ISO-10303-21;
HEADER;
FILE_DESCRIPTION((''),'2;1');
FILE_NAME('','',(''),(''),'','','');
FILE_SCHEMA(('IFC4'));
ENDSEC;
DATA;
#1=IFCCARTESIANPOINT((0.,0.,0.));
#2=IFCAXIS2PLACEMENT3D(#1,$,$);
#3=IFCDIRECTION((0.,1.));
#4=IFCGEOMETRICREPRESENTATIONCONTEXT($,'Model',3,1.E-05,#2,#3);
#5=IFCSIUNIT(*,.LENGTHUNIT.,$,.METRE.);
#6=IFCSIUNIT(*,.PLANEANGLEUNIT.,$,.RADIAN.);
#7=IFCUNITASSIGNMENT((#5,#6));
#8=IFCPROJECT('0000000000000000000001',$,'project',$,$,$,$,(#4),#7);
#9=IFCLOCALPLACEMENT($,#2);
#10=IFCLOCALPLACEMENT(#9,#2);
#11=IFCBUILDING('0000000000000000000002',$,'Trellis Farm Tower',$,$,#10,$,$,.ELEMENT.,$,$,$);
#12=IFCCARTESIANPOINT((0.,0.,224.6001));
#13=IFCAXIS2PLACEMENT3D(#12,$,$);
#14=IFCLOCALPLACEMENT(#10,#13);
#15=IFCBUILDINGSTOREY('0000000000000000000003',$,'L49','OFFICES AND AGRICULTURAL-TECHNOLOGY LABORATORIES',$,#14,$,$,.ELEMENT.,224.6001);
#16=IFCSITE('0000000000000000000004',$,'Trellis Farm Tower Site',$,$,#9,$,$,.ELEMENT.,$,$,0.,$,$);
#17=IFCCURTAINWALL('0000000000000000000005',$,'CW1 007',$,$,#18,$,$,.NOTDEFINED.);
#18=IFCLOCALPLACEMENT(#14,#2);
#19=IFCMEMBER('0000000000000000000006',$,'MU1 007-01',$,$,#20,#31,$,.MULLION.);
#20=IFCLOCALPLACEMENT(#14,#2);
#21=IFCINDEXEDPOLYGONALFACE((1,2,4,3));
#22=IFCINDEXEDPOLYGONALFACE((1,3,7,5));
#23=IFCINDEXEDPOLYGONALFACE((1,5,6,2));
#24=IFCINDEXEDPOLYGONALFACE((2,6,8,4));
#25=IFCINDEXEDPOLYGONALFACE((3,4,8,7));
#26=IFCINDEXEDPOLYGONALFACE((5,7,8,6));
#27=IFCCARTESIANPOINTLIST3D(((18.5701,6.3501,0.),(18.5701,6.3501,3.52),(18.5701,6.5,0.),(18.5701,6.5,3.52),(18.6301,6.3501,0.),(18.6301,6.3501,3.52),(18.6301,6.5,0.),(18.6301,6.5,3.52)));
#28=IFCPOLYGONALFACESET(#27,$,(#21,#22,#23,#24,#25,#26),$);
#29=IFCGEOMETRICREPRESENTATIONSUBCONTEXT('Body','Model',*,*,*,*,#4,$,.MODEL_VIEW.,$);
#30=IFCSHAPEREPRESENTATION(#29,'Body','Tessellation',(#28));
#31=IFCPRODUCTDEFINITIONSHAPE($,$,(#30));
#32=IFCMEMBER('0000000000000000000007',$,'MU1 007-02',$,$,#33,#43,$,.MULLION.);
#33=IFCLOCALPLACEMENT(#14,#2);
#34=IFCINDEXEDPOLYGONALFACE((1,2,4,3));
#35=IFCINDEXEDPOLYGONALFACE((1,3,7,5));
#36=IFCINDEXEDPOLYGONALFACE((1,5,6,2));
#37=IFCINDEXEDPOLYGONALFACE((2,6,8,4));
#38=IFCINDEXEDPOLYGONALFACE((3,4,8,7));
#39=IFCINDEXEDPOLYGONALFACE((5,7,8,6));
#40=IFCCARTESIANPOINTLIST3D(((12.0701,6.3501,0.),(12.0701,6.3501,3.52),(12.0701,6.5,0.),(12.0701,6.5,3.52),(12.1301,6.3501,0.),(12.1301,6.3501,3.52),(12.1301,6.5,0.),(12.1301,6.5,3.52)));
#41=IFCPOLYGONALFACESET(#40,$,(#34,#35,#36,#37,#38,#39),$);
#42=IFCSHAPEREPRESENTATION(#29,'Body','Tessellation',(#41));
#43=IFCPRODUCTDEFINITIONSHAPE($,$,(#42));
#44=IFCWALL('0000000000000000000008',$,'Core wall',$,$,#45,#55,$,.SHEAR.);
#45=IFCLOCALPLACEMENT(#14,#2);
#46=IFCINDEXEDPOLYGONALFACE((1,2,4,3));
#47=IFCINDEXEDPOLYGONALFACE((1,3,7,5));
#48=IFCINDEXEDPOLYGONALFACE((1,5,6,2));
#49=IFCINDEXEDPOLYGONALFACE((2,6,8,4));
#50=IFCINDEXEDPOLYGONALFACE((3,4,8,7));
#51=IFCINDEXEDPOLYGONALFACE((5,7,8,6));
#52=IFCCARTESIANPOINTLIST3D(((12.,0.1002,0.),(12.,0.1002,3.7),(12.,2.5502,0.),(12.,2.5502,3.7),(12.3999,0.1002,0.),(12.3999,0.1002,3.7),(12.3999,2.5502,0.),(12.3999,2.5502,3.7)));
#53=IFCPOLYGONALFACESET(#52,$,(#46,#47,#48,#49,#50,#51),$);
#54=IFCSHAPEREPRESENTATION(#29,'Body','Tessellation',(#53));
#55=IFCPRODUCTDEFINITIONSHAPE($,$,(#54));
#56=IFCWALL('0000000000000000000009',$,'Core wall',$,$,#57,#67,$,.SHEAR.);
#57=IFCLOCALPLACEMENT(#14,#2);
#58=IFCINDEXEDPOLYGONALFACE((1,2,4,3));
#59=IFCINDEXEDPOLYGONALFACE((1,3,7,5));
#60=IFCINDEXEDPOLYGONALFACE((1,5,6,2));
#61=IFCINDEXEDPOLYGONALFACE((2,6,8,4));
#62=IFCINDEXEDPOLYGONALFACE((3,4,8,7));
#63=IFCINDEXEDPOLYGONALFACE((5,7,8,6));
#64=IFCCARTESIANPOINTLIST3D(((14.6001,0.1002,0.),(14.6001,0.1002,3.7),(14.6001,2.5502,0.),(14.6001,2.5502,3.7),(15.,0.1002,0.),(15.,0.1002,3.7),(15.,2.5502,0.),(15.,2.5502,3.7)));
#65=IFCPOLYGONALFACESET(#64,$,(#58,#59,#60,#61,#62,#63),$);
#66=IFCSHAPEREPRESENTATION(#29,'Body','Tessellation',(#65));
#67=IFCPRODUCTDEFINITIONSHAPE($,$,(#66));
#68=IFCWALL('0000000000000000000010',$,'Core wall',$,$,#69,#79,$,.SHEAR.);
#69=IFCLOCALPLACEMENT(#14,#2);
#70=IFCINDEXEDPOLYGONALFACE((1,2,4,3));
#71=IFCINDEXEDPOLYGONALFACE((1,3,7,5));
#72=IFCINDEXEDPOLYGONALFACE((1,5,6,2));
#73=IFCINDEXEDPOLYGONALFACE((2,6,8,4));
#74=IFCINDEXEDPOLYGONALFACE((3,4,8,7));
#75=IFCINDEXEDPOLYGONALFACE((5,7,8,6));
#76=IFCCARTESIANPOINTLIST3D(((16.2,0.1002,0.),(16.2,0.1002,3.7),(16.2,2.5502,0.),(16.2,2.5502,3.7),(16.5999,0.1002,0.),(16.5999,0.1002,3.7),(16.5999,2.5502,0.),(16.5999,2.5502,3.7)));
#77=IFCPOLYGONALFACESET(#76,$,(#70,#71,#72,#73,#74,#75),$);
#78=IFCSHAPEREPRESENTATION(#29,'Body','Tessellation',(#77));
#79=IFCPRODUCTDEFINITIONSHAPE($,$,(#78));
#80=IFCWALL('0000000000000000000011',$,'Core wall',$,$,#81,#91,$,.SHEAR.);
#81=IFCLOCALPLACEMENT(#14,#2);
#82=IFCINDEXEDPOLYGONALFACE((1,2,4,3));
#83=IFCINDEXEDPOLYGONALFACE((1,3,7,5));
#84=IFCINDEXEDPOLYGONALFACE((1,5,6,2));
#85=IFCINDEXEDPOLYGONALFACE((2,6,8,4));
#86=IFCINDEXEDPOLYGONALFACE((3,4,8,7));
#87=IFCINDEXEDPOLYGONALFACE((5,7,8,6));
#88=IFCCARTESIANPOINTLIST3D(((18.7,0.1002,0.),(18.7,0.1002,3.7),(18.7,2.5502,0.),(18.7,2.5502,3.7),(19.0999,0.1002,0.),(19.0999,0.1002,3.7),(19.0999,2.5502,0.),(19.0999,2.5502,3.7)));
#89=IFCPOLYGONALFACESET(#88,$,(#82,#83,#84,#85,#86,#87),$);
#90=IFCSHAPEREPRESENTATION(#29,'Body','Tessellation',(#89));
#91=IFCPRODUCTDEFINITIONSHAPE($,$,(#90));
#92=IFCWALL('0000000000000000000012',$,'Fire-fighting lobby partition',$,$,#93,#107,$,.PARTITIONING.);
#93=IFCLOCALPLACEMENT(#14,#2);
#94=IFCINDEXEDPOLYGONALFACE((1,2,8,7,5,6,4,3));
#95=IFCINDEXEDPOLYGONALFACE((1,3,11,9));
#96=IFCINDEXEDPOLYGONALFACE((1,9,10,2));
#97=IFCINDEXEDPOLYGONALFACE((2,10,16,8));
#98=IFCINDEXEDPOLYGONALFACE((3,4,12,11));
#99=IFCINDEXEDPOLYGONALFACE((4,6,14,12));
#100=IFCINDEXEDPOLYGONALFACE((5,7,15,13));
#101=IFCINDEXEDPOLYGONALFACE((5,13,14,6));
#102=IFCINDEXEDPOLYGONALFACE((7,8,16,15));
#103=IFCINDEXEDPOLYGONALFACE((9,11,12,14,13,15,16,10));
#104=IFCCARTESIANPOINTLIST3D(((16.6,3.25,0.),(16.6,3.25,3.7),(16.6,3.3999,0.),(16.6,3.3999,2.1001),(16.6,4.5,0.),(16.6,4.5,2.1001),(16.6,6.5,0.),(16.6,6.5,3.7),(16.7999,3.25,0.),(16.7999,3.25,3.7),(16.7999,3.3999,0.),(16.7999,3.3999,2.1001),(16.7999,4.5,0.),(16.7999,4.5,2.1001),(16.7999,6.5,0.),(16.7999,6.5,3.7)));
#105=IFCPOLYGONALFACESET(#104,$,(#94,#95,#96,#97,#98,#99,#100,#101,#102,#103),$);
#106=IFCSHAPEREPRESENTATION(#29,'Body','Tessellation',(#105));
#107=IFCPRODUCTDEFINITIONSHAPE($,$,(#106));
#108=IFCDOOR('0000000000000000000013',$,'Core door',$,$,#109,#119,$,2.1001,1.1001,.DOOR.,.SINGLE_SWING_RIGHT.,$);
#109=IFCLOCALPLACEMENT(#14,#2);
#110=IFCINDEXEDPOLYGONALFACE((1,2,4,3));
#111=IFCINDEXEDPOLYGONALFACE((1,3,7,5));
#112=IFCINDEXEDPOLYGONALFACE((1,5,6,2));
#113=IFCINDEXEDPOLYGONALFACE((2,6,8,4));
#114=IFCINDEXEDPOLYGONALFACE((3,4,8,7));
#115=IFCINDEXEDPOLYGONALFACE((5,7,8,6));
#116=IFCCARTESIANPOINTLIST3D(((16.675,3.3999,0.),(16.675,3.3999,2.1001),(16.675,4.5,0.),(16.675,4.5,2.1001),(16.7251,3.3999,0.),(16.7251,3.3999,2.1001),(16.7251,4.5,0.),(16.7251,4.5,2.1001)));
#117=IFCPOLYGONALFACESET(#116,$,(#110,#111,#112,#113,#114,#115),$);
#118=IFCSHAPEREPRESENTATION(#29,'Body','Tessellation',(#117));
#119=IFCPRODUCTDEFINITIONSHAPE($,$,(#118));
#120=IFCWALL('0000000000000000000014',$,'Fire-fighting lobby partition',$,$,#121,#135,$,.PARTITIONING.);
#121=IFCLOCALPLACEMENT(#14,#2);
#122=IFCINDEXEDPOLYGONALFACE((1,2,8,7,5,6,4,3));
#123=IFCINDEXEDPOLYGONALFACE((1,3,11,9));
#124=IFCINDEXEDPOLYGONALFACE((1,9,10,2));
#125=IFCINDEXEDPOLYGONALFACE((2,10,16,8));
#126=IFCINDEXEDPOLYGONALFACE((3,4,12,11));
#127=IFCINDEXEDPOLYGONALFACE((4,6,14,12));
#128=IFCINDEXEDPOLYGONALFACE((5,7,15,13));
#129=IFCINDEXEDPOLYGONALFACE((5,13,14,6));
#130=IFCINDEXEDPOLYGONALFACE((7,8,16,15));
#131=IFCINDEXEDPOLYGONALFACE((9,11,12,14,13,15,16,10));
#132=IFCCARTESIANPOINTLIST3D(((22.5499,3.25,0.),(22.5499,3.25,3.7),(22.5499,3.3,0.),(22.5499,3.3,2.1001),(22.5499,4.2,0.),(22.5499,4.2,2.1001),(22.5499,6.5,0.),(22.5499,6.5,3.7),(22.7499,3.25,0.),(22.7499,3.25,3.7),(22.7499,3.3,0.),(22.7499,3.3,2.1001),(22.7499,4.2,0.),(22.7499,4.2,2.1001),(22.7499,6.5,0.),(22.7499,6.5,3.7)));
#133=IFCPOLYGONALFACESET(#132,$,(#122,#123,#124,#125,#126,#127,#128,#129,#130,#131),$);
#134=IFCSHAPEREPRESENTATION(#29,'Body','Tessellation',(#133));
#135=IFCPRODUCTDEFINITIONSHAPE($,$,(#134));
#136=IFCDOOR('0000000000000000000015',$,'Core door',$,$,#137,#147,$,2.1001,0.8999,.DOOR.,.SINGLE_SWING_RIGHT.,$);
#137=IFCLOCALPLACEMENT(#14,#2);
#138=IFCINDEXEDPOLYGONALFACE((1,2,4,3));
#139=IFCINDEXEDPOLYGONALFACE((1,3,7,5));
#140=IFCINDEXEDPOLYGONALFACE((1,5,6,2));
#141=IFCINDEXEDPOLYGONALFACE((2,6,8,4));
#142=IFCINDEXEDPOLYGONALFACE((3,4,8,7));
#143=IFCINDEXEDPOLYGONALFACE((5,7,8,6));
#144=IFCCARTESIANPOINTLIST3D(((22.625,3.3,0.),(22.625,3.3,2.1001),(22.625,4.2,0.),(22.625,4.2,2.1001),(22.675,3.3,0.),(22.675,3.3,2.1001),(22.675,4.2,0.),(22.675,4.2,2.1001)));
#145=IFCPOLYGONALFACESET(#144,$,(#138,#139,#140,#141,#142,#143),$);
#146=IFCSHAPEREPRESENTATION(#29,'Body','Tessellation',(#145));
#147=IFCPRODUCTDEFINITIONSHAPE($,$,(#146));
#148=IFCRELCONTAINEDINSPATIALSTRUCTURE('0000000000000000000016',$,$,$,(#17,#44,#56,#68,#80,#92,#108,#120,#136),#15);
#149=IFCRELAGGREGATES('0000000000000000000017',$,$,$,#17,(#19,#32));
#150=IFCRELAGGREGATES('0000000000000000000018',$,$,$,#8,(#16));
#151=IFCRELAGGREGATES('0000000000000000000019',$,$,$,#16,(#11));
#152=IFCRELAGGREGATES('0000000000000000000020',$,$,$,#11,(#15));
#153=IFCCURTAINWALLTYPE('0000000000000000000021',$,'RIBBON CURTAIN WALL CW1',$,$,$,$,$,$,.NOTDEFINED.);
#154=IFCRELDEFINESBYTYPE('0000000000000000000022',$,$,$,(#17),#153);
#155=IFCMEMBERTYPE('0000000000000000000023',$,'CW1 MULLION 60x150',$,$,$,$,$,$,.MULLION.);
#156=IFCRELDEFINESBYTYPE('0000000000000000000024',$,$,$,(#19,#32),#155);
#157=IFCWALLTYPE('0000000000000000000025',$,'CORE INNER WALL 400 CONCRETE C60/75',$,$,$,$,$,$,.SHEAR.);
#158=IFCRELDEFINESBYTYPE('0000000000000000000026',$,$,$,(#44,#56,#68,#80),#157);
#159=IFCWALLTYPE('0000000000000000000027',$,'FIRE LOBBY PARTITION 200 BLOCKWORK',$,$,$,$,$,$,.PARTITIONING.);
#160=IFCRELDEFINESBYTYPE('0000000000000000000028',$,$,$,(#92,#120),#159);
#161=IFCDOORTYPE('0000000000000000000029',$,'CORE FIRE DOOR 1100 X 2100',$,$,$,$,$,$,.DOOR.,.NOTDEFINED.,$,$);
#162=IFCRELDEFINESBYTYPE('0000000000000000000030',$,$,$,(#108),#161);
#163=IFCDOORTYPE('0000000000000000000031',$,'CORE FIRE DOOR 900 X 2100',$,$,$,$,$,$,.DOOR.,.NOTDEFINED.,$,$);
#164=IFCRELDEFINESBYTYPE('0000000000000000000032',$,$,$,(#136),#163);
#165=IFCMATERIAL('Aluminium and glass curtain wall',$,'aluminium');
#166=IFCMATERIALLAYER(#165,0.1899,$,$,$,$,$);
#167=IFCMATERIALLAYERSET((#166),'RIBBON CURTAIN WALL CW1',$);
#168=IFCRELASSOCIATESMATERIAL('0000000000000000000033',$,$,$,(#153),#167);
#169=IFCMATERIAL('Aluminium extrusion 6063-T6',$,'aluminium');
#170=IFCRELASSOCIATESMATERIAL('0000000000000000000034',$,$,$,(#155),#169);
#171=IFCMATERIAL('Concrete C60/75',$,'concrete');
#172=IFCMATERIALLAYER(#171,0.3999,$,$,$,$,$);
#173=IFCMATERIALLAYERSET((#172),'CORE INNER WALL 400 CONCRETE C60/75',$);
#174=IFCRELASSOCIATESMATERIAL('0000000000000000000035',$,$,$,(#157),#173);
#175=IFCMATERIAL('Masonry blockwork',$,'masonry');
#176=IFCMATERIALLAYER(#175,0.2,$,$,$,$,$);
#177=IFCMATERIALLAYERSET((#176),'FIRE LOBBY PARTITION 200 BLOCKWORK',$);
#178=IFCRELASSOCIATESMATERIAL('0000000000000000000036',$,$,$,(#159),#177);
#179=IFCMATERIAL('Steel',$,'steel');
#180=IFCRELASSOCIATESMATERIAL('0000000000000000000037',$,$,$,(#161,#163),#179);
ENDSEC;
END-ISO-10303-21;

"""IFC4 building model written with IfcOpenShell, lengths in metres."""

from ifc_helpers import new_model, si_unit, direction, frame, frame_2d, origin, origin_2d, place, context, subcontext, project, spatial, rectangle, extrude, source, transform, mapped, material, layer, layer_set, material_profile, profile_set, type_object, element, fill, aggregate, save


model = new_model("IFC4")

# Units and contexts
model_context = context("Model", 3, precision=1e-05, world=origin(), true_north=direction((0.0, 1.0)))
body_context = subcontext(model_context, "Body", "Model", "MODEL_VIEW")
ifc_project = project(units=[si_unit("LENGTHUNIT", "METRE"), si_unit("PLANEANGLEUNIT", "RADIAN")], contexts=[model_context])

# Site, building, storey
site_placement = place(None, origin())
site = spatial("IfcSite", under=ifc_project, at=site_placement, Name="Trellis Farm Tower Site", CompositionType="ELEMENT", RefElevation=0.0)
building_placement = place(site_placement, origin())
building = spatial("IfcBuilding", under=site, at=building_placement, Name="Trellis Farm Tower", CompositionType="ELEMENT")
storey_placement = place(building_placement, frame((0.0, 0.0, 224.6001)))
storey = spatial("IfcBuildingStorey", under=building, at=storey_placement, Name="L49", Description="OFFICES AND AGRICULTURAL-TECHNOLOGY LABORATORIES", CompositionType="ELEMENT", Elevation=224.6001)

# Shared definitions
ifc_material_1 = material(Name="Concrete C60/75", Category="concrete")

# Curtain wall, members
ifc_material_2 = material(Name="Aluminium and glass curtain wall", Category="aluminium")
ifc_layer_1 = layer(ifc_material_2, 0.1899)
ifc_layer_set_1 = layer_set([ifc_layer_1], Name="RIBBON CURTAIN WALL CW1")
curtain_wall_type = type_object("IfcCurtainWallType", Name="RIBBON CURTAIN WALL CW1", PredefinedType="NOTDEFINED", material=ifc_layer_set_1)
placement = place(storey_placement, origin())
ifc_material_3 = material(Name="Aluminium extrusion 6063-T6", Category="aluminium")
ifc_material_profile_1 = material_profile(ifc_material_3, rectangle(XDim=0.0601, YDim=0.1499, at=origin_2d()), Name="MULLION 60x150")
ifc_profile_set_1 = profile_set([ifc_material_profile_1], Name="Aluminium extrusion 6063-T6")
member_type = type_object("IfcMemberType", Name="CW1 MULLION 60x150", PredefinedType="MULLION", material=ifc_profile_set_1)
shared_shape_1 = source(origin(), body_context, "Body", "SweptSolid", [
    extrude(rectangle(XDim=0.0601, YDim=0.1499, at=origin_2d()), origin(), (0.0, 0.0, 1.0), 3.52),
])
curtain_wall_1 = element("IfcCurtainWall", 1, at=placement, inside=storey, type_object=curtain_wall_type, Name="CW1 007", PredefinedType="NOTDEFINED")
member_1_placement = place(storey_placement, frame((18.6001, 6.425, 0.0), z_axis=(0.0, 0.0, 1.0), x_axis=(-1.0, 0.0, 0.0)))
member_1 = element("IfcMember", 2, at=member_1_placement, type_object=member_type, Name="MU1 007-01", PredefinedType="MULLION", context=body_context, shape_type="MappedRepresentation", body=[
    mapped(shared_shape_1, transform((0.0, 0.0, 0.0))),
])
member_2_placement = place(storey_placement, frame((12.1001, 6.425, 0.0), z_axis=(0.0, 0.0, 1.0), x_axis=(-1.0, 0.0, 0.0)))
member_2 = element("IfcMember", 3, at=member_2_placement, type_object=member_type, Name="MU1 007-02", PredefinedType="MULLION", context=body_context, shape_type="MappedRepresentation", body=[
    mapped(shared_shape_1, transform((0.0, 0.0, 0.0))),
])
aggregate(curtain_wall_1, [member_1, member_2])

# Walls
ifc_layer_2 = layer(ifc_material_1, 0.3999)
ifc_layer_set_2 = layer_set([ifc_layer_2], Name="CORE INNER WALL 400 CONCRETE C60/75")
wall_type_1 = type_object("IfcWallType", Name="CORE INNER WALL 400 CONCRETE C60/75", PredefinedType="SHEAR", material=ifc_layer_set_2)
shared_shape_2 = source(origin(), body_context, "Body", "SweptSolid", [
    extrude(rectangle(XDim=2.45, YDim=0.3999, at=frame_2d((1.2251, 0.0))), origin(), (0.0, 0.0, 1.0), 3.7),
])
for number, where, z_axis, x_axis, name in (
    (4, (12.2, 0.1001, 0.0), (0.0, 0.0, 1.0), (0.0, 1.0, 0.0), "Core wall"),
    (5, (14.8, 0.1001, 0.0), (0.0, 0.0, 1.0), (0.0, 1.0, 0.0), "Core wall"),
    (6, (16.3999, 0.1001, 0.0), (0.0, 0.0, 1.0), (0.0, 1.0, 0.0), "Core wall"),
    (7, (18.8999, 0.1001, 0.0), (0.0, 0.0, 1.0), (0.0, 1.0, 0.0), "Core wall"),
):
    element("IfcWall", number, at=place(storey_placement, frame(where, z_axis=z_axis, x_axis=x_axis)), inside=storey, type_object=wall_type_1, Name=name, PredefinedType="SHEAR", context=body_context, shape_type="MappedRepresentation", body=[
        mapped(shared_shape_2, transform((0.0, 0.0, 0.0))),
    ])

# Walls, openings, doors
ifc_material_4 = material(Name="Masonry blockwork", Category="masonry")
ifc_layer_3 = layer(ifc_material_4, 0.2)
ifc_layer_set_3 = layer_set([ifc_layer_3], Name="FIRE LOBBY PARTITION 200 BLOCKWORK")
wall_type_2 = type_object("IfcWallType", Name="FIRE LOBBY PARTITION 200 BLOCKWORK", PredefinedType="PARTITIONING", material=ifc_layer_set_3)
shared_shape_3 = source(origin(), body_context, "Body", "SweptSolid", [
    extrude(rectangle(XDim=3.25, YDim=0.2, at=frame_2d((1.625, 0.0))), origin(), (0.0, 0.0, 1.0), 3.7),
])
wall_1_placement = place(storey_placement, frame((16.7, 3.25, 0.0), z_axis=(0.0, 0.0, 1.0), x_axis=(0.0, 1.0, 0.0)))
wall_1 = element("IfcWall", 8, at=wall_1_placement, inside=storey, type_object=wall_type_2, Name="Fire-fighting lobby partition", PredefinedType="PARTITIONING", context=body_context, shape_type="MappedRepresentation", body=[
    mapped(shared_shape_3, transform((0.0, 0.0, 0.0))),
])
shared_shape_4 = source(origin(), body_context, "Body", "SweptSolid", [
    extrude(rectangle(XDim=1.1001, YDim=2.1001, at=frame_2d((0.55, 1.05))), frame((0.0, 0.1101, 0.0), z_axis=(0.0, -1.0, 0.0), x_axis=(1.0, 0.0, 0.0)), (0.0, 0.0, 1.0), 0.2202),
])
opening_1_placement = place(wall_1_placement, frame((0.1499, 0.0, 0.0)))
opening_1 = element("IfcOpeningElement", 9, at=opening_1_placement, cuts=wall_1, PredefinedType="OPENING", context=body_context, shape_type="MappedRepresentation", body=[
    mapped(shared_shape_4, transform((0.0, 0.0, 0.0))),
])
ifc_material_5 = material(Name="Steel", Category="steel")
door_type_1 = type_object("IfcDoorType", Name="CORE FIRE DOOR 1100 X 2100", OperationType="NOTDEFINED", PredefinedType="DOOR", material=ifc_material_5)
shared_shape_5 = source(origin(), body_context, "Body", "SweptSolid", [
    extrude(rectangle(XDim=1.1001, YDim=2.1001, at=frame_2d((0.55, 1.05))), frame((0.0, 0.0249, 0.0), z_axis=(0.0, -1.0, 0.0), x_axis=(1.0, 0.0, 0.0)), (0.0, 0.0, 1.0), 0.05),
])
door_1_placement = place(opening_1_placement, origin())
door_1 = element("IfcDoor", 10, at=door_1_placement, inside=storey, type_object=door_type_1, Name="Core door", OperationType="SINGLE_SWING_RIGHT", OverallHeight=2.1001, OverallWidth=1.1001, PredefinedType="DOOR", context=body_context, shape_type="MappedRepresentation", body=[
    mapped(shared_shape_5, transform((0.0, 0.0, 0.0))),
])
fill(opening_1, door_1)
wall_2_placement = place(storey_placement, frame((22.6499, 3.25, 0.0), z_axis=(0.0, 0.0, 1.0), x_axis=(0.0, 1.0, 0.0)))
wall_2 = element("IfcWall", 11, at=wall_2_placement, inside=storey, type_object=wall_type_2, Name="Fire-fighting lobby partition", PredefinedType="PARTITIONING", context=body_context, shape_type="MappedRepresentation", body=[
    mapped(shared_shape_3, transform((0.0, 0.0, 0.0))),
])
shared_shape_6 = source(origin(), body_context, "Body", "SweptSolid", [
    extrude(rectangle(XDim=0.8999, YDim=2.1001, at=frame_2d((0.45, 1.05))), frame((0.0, 0.1101, 0.0), z_axis=(0.0, -1.0, 0.0), x_axis=(1.0, 0.0, 0.0)), (0.0, 0.0, 1.0), 0.2202),
])
opening_2_placement = place(wall_2_placement, frame((0.05, 0.0, 0.0)))
opening_2 = element("IfcOpeningElement", 12, at=opening_2_placement, cuts=wall_2, PredefinedType="OPENING", context=body_context, shape_type="MappedRepresentation", body=[
    mapped(shared_shape_6, transform((0.0, 0.0, 0.0))),
])
door_type_2 = type_object("IfcDoorType", Name="CORE FIRE DOOR 900 X 2100", OperationType="NOTDEFINED", PredefinedType="DOOR", material=ifc_material_5)
shared_shape_7 = source(origin(), body_context, "Body", "SweptSolid", [
    extrude(rectangle(XDim=0.8999, YDim=2.1001, at=frame_2d((0.45, 1.05))), frame((0.0, 0.0249, 0.0), z_axis=(0.0, -1.0, 0.0), x_axis=(1.0, 0.0, 0.0)), (0.0, 0.0, 1.0), 0.05),
])
door_2_placement = place(opening_2_placement, origin())
door_2 = element("IfcDoor", 13, at=door_2_placement, inside=storey, type_object=door_type_2, Name="Core door", OperationType="SINGLE_SWING_RIGHT", OverallHeight=2.1001, OverallWidth=0.8999, PredefinedType="DOOR", context=body_context, shape_type="MappedRepresentation", body=[
    mapped(shared_shape_7, transform((0.0, 0.0, 0.0))),
])
fill(opening_2, door_2)

save(model, "model.ifc")
